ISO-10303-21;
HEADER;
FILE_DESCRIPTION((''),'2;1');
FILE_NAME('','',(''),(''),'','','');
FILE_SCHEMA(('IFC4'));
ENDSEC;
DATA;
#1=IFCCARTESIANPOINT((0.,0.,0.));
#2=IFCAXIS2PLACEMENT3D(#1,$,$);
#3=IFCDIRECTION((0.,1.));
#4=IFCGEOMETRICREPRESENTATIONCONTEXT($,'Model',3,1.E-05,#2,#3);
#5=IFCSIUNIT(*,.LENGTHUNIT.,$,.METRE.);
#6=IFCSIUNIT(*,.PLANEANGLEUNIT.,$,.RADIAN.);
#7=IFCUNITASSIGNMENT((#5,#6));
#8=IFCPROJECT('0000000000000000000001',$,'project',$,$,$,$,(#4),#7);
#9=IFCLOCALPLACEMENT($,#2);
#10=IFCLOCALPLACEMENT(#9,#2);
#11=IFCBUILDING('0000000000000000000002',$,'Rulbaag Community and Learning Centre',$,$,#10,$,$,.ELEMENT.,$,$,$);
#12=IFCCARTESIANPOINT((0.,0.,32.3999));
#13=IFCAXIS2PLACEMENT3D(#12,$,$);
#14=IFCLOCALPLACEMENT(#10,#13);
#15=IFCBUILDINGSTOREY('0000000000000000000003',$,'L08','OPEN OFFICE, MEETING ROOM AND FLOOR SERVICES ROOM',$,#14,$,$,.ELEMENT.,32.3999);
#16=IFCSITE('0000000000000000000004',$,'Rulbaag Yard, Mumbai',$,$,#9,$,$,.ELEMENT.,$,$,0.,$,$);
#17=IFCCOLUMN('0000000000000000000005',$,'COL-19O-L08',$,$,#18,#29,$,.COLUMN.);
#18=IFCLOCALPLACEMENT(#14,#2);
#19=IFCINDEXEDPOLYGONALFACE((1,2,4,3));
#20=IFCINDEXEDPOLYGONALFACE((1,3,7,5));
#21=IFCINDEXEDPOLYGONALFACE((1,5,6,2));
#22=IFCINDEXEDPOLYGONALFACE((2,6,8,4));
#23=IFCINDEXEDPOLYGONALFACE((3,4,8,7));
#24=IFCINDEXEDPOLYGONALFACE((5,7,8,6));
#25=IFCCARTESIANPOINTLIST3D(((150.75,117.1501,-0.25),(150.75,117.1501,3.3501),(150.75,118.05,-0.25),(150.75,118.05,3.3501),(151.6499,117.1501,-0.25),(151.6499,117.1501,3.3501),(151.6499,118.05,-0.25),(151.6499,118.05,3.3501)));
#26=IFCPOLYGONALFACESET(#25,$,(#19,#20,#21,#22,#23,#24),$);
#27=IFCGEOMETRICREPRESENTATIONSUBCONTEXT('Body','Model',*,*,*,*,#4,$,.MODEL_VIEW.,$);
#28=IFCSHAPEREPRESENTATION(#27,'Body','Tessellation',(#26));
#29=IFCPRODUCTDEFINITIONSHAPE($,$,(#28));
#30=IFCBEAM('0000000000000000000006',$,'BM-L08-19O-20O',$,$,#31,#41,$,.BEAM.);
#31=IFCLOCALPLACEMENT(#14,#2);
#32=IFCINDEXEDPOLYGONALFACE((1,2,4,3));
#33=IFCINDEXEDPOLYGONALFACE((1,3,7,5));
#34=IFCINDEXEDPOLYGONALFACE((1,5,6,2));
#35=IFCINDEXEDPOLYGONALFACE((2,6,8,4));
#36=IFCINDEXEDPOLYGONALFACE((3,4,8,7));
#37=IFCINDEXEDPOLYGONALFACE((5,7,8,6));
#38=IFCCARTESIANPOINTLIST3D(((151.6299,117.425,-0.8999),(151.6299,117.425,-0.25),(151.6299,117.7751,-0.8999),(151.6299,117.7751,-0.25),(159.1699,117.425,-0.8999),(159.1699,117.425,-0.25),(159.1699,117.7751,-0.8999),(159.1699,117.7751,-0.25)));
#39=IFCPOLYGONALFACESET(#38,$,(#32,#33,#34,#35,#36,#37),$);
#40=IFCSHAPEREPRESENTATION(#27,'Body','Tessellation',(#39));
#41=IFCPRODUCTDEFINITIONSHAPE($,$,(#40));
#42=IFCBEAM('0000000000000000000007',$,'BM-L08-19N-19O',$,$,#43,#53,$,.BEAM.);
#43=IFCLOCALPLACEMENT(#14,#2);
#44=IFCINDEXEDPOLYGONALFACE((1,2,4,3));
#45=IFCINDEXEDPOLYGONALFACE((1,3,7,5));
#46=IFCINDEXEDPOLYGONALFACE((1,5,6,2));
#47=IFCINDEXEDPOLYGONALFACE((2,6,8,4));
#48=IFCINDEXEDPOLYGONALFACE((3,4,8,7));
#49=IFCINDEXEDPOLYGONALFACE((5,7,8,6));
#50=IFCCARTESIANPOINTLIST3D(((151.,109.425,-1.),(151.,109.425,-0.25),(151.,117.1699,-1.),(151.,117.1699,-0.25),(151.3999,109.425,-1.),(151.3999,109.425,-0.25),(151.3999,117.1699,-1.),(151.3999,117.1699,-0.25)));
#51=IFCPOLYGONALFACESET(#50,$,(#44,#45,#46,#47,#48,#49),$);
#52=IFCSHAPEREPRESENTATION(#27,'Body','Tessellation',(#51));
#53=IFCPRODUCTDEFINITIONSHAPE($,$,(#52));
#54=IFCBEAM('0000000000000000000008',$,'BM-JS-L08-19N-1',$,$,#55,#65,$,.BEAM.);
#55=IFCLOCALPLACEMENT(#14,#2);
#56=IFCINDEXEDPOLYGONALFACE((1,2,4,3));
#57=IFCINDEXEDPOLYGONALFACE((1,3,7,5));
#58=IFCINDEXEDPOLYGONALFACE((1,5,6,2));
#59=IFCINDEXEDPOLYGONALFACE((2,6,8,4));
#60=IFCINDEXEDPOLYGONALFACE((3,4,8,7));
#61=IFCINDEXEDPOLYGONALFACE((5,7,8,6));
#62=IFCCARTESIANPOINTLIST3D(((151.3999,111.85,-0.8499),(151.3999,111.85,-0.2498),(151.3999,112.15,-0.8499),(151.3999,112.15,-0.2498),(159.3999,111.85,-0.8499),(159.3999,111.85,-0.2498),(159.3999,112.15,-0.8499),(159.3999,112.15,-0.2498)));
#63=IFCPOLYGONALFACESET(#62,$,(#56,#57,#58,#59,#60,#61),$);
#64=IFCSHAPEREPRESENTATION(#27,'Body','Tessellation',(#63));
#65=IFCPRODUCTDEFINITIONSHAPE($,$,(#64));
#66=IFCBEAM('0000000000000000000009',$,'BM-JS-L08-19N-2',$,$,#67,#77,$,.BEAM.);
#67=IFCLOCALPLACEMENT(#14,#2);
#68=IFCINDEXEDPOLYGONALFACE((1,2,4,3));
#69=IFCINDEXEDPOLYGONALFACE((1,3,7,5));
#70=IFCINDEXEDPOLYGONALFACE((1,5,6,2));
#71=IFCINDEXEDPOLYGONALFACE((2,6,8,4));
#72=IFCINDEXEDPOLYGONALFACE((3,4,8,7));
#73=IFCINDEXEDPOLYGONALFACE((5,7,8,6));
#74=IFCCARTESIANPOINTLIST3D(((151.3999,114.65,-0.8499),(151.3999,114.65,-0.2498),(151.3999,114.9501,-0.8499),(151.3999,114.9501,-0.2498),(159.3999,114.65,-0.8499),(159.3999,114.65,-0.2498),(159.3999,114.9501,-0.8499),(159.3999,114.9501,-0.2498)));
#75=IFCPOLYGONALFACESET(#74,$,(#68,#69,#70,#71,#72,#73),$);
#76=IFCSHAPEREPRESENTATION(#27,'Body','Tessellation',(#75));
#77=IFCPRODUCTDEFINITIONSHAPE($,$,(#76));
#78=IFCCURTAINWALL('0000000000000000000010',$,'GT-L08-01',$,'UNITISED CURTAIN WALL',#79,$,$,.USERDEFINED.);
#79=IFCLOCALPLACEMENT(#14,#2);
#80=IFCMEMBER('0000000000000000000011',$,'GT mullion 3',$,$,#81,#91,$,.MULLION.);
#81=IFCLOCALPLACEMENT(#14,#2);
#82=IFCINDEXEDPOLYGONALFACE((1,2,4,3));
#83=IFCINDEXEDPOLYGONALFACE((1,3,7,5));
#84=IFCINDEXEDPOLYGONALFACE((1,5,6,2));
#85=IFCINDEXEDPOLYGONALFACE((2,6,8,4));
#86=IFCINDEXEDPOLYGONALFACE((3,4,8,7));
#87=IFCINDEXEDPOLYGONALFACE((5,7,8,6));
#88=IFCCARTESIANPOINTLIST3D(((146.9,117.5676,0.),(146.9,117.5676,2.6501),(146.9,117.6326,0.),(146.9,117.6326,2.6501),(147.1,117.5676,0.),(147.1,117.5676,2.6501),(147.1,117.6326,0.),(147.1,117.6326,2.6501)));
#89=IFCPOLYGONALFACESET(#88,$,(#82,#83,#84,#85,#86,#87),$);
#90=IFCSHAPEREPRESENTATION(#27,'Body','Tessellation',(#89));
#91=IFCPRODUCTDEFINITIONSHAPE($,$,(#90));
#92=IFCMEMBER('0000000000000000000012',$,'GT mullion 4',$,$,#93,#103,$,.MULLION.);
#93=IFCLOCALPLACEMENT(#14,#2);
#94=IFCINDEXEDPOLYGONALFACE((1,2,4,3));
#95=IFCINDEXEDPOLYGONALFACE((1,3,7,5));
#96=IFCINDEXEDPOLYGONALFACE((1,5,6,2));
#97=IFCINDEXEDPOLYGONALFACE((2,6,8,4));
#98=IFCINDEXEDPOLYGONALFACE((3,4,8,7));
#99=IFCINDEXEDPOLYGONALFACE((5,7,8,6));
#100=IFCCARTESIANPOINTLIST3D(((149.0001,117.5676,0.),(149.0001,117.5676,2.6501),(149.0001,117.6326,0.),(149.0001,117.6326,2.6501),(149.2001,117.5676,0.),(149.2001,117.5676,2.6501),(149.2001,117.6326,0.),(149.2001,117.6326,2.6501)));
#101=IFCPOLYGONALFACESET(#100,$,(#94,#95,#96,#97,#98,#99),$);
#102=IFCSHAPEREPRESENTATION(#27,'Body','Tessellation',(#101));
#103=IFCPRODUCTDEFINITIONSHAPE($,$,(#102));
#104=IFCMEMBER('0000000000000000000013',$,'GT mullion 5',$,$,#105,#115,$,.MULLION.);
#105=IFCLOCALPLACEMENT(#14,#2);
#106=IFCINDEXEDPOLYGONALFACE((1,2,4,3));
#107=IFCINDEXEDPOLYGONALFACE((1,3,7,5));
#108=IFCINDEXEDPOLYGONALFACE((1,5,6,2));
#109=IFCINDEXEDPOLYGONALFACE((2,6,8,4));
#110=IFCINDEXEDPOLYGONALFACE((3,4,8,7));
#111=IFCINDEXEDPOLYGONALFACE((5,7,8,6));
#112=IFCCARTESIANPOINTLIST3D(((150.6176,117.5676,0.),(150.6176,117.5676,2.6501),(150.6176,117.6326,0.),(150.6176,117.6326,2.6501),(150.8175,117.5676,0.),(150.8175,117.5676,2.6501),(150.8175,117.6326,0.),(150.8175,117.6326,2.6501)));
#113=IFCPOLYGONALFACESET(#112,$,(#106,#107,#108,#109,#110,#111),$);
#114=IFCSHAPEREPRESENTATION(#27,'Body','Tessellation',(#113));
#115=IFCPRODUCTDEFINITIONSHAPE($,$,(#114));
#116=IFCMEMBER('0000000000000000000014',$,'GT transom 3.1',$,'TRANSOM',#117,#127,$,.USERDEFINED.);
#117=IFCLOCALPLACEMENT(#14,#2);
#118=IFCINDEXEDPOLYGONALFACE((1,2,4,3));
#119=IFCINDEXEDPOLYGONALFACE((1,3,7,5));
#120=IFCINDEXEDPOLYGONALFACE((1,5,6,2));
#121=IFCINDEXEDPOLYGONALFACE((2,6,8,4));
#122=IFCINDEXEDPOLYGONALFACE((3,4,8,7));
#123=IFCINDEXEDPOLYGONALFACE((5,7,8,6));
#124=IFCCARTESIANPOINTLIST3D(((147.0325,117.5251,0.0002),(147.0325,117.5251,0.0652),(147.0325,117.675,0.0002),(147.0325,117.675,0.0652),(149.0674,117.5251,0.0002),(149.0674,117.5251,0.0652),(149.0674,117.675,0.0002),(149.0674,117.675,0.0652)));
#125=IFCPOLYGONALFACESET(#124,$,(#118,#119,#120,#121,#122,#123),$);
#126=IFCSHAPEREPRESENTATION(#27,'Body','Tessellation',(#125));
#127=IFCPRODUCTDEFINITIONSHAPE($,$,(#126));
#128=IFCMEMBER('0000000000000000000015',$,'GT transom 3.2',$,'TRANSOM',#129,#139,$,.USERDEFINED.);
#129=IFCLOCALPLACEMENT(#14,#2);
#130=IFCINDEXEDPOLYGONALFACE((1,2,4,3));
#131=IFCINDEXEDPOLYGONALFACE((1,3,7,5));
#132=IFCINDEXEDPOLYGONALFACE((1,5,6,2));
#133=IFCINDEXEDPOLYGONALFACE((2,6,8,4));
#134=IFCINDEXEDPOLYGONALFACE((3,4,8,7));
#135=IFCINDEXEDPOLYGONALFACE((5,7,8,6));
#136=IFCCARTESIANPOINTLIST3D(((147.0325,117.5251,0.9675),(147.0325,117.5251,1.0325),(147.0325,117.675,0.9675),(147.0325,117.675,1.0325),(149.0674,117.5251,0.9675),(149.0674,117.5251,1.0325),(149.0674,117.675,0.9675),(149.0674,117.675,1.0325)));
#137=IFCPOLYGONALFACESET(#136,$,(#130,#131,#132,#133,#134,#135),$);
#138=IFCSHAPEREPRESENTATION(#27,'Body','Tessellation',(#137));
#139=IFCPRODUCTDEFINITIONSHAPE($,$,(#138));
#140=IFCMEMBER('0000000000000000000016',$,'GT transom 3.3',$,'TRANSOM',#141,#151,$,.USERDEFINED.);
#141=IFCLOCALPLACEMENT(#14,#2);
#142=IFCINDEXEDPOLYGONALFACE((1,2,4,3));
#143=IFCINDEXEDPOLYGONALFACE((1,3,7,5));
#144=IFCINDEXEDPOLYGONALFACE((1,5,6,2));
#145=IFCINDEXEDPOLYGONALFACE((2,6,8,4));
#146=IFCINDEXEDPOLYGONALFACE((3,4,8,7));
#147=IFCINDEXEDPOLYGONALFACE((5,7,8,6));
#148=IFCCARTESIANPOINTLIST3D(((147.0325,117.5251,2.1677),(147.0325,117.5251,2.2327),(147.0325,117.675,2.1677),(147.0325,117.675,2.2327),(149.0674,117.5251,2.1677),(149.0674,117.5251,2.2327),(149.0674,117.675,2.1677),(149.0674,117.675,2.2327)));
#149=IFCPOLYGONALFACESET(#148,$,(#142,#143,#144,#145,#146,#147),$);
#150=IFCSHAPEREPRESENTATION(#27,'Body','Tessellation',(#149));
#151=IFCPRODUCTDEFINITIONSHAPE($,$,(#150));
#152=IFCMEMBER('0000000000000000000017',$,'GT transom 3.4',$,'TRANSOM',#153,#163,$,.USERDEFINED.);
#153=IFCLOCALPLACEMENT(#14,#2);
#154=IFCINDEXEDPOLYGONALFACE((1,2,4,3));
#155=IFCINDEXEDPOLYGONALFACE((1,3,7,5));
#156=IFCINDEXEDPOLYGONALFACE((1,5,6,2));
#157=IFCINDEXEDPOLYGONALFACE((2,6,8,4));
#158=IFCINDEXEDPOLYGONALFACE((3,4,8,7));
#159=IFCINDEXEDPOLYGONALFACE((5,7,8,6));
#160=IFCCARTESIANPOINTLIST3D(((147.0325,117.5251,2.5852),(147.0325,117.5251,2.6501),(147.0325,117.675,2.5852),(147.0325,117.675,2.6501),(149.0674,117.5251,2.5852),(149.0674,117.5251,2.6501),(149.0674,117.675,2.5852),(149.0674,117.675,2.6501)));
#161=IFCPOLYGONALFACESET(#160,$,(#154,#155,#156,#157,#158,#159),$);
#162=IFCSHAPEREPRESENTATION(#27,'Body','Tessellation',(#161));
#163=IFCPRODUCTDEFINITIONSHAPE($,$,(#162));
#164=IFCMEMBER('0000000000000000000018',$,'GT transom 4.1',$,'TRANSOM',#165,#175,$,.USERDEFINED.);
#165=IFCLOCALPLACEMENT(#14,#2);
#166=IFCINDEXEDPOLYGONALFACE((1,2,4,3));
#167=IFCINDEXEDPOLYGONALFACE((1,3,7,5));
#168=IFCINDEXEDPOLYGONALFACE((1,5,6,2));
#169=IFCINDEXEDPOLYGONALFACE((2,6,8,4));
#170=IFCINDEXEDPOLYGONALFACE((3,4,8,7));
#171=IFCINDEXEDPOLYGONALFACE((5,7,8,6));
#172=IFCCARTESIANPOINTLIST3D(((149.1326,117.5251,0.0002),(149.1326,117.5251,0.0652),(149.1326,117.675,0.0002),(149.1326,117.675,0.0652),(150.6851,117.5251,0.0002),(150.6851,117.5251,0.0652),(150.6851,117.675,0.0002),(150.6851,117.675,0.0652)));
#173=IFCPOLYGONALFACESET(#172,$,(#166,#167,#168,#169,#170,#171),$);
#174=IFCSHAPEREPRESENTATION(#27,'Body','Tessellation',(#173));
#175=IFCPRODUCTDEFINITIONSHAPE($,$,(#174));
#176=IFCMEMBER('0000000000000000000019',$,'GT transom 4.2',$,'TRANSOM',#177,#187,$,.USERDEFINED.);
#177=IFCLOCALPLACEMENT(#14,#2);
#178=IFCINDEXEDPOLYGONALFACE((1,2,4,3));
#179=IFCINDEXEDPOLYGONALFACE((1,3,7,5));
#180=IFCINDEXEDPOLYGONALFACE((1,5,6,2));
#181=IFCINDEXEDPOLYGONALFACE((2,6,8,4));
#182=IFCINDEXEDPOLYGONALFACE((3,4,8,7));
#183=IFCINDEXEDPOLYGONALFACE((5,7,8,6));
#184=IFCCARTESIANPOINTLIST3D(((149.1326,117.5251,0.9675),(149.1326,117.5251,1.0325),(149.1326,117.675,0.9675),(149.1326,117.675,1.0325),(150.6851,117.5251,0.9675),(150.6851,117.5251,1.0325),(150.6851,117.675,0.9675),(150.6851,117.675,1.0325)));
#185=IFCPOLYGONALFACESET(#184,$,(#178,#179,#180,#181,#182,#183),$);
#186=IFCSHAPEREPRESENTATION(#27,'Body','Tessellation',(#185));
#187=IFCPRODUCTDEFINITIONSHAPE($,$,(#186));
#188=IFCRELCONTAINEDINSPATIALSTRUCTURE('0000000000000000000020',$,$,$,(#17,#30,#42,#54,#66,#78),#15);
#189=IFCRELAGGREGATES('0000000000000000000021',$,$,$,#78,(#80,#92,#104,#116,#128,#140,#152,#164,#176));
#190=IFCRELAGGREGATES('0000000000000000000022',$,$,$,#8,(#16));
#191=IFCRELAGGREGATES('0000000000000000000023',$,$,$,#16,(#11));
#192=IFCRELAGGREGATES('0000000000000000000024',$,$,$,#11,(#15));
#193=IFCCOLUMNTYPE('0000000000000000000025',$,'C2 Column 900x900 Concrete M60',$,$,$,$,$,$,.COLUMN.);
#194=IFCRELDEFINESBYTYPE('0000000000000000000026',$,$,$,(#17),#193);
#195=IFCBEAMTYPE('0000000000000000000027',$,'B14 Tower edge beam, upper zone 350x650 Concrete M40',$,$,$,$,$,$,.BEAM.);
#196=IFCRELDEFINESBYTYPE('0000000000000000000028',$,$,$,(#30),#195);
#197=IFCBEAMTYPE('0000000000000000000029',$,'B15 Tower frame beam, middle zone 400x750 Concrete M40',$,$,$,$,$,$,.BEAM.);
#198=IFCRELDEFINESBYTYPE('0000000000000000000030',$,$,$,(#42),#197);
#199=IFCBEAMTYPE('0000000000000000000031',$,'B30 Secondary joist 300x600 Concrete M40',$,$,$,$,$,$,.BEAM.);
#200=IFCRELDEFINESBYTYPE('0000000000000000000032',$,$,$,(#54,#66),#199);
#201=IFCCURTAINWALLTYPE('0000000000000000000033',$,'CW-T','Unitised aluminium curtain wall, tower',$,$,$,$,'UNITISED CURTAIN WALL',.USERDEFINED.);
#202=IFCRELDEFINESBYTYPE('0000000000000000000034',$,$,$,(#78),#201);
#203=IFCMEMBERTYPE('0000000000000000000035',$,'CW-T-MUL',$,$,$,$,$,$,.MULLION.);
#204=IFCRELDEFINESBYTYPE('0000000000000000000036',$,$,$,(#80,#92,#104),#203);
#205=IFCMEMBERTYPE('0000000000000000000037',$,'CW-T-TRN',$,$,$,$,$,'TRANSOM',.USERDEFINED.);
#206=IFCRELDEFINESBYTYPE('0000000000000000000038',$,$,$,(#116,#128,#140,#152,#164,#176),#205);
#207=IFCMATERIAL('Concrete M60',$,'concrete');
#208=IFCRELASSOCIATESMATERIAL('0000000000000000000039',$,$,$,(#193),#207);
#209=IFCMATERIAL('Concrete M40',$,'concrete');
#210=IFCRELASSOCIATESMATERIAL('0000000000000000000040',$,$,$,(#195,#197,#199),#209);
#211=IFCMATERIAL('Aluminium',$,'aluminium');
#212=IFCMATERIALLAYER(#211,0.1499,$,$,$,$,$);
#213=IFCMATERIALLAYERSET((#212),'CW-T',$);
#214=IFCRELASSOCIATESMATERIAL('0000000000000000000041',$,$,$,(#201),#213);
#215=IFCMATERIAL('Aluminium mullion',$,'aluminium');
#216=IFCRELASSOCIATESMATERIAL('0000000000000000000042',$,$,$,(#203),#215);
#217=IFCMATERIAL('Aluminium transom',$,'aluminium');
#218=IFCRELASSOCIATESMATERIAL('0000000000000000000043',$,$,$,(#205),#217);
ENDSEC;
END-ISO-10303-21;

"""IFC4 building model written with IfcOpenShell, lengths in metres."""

from ifc_helpers import new_model, si_unit, direction, frame, origin, origin_2d, place, context, subcontext, project, spatial, rectangle, extrude, material, layer, layer_set, material_profile, profile_set, type_object, element, aggregate, save


model = new_model("IFC4")

# Units and contexts
model_context = context("Model", 3, precision=1e-05, world=origin(), true_north=direction((0.0, 1.0)))
body_context = subcontext(model_context, "Body", "Model", "MODEL_VIEW")
ifc_project = project(units=[si_unit("LENGTHUNIT", "METRE"), si_unit("PLANEANGLEUNIT", "RADIAN")], contexts=[model_context])

# Site, building, storey
site_placement = place(None, origin())
site = spatial("IfcSite", under=ifc_project, at=site_placement, Name="Rulbaag Yard, Mumbai", CompositionType="ELEMENT", RefElevation=0.0)
building_placement = place(site_placement, origin())
building = spatial("IfcBuilding", under=site, at=building_placement, Name="Rulbaag Community and Learning Centre", CompositionType="ELEMENT")
storey_placement = place(building_placement, frame((0.0, 0.0, 32.3999)))
storey = spatial("IfcBuildingStorey", under=building, at=storey_placement, Name="L08", Description="OPEN OFFICE, MEETING ROOM AND FLOOR SERVICES ROOM", CompositionType="ELEMENT", Elevation=32.3999)

# Column
ifc_material_1 = material(Name="Concrete M60", Category="concrete")
ifc_material_profile_1 = material_profile(ifc_material_1, rectangle(XDim=0.8999, YDim=0.8999, at=origin_2d()), Name="RC900x900")
ifc_profile_set_1 = profile_set([ifc_material_profile_1], Name="Concrete M60")
column_type = type_object("IfcColumnType", Name="C2 Column 900x900 Concrete M60", PredefinedType="COLUMN", material=ifc_profile_set_1)
column_placement = place(storey_placement, frame((151.2, 117.6001, -0.25), z_axis=(0.0, 0.0, 1.0), x_axis=(1.0, 0.0, 0.0)))
element("IfcColumn", 1, at=column_placement, inside=storey, type_object=column_type, Name="COL-19O-L08", PredefinedType="COLUMN", context=body_context, shape_type="SweptSolid", body=[
    extrude(rectangle(XDim=0.8999, YDim=0.8999, at=origin_2d()), origin(), (0.0, 0.0, 1.0), 3.6001),
])

# Beams
ifc_material_2 = material(Name="Concrete M40", Category="concrete")
ifc_material_profile_2 = material_profile(ifc_material_2, rectangle(XDim=0.3501, YDim=0.6499, at=origin_2d()), Name="RB350x650")
ifc_profile_set_2 = profile_set([ifc_material_profile_2], Name="Concrete M40")
beam_type_1 = type_object("IfcBeamType", Name="B14 Tower edge beam, upper zone 350x650 Concrete M40", PredefinedType="BEAM", material=ifc_profile_set_2)
beam_1_placement = place(storey_placement, frame((151.6299, 117.6001, -0.575), z_axis=(1.0, 0.0, 0.0), x_axis=(0.0, 1.0, 0.0)))
element("IfcBeam", 2, at=beam_1_placement, inside=storey, type_object=beam_type_1, Name="BM-L08-19O-20O", PredefinedType="BEAM", context=body_context, shape_type="SweptSolid", body=[
    extrude(rectangle(XDim=0.3501, YDim=0.6499, at=origin_2d()), origin(), (0.0, 0.0, 1.0), 7.54),
])
ifc_material_profile_3 = material_profile(ifc_material_2, rectangle(XDim=0.3999, YDim=0.75, at=origin_2d()), Name="RB400x750")
ifc_profile_set_3 = profile_set([ifc_material_profile_3], Name="Concrete M40")
beam_type_2 = type_object("IfcBeamType", Name="B15 Tower frame beam, middle zone 400x750 Concrete M40", PredefinedType="BEAM", material=ifc_profile_set_3)
beam_2_placement = place(storey_placement, frame((151.2, 109.425, -0.625), z_axis=(0.0, 1.0, 0.0), x_axis=(-1.0, 0.0, 0.0)))
element("IfcBeam", 3, at=beam_2_placement, inside=storey, type_object=beam_type_2, Name="BM-L08-19N-19O", PredefinedType="BEAM", context=body_context, shape_type="SweptSolid", body=[
    extrude(rectangle(XDim=0.3999, YDim=0.75, at=origin_2d()), origin(), (0.0, 0.0, 1.0), 7.7449),
])
ifc_material_profile_4 = material_profile(ifc_material_2, rectangle(XDim=0.3, YDim=0.6001, at=origin_2d()), Name="RB300x600")
ifc_profile_set_4 = profile_set([ifc_material_profile_4], Name="Concrete M40")
beam_type_3 = type_object("IfcBeamType", Name="B30 Secondary joist 300x600 Concrete M40", PredefinedType="BEAM", material=ifc_profile_set_4)
for number, where, z_axis, x_axis, name in (
    (4, (151.3999, 112.0, -0.5498), (1.0, 0.0, 0.0), (0.0, 1.0, 0.0), "BM-JS-L08-19N-1"),
    (5, (151.3999, 114.8, -0.5498), (1.0, 0.0, 0.0), (0.0, 1.0, 0.0), "BM-JS-L08-19N-2"),
):
    element("IfcBeam", number, at=place(storey_placement, frame(where, z_axis=z_axis, x_axis=x_axis)), inside=storey, type_object=beam_type_3, Name=name, PredefinedType="BEAM", context=body_context, shape_type="SweptSolid", body=[
        extrude(rectangle(XDim=0.3, YDim=0.6001, at=origin_2d()), origin(), (0.0, 0.0, 1.0), 8.0),
    ])

# Curtain wall, members
ifc_material_3 = material(Name="Aluminium", Category="aluminium")
ifc_layer_1 = layer(ifc_material_3, 0.1499)
ifc_layer_set_1 = layer_set([ifc_layer_1], Name="CW-T")
curtain_wall_type = type_object("IfcCurtainWallType", Name="CW-T", Description="Unitised aluminium curtain wall, tower", ElementType="UNITISED CURTAIN WALL", PredefinedType="USERDEFINED", material=ifc_layer_set_1)
curtain_wall_placement = place(storey_placement, origin())
curtain_wall = element("IfcCurtainWall", 6, at=curtain_wall_placement, inside=storey, type_object=curtain_wall_type, Name="GT-L08-01", ObjectType="UNITISED CURTAIN WALL", PredefinedType="USERDEFINED")
ifc_material_4 = material(Name="Aluminium mullion", Category="aluminium")
ifc_material_profile_5 = material_profile(ifc_material_4, rectangle(XDim=0.0649, YDim=0.2, at=origin_2d()), Name="AL 65x200")
ifc_profile_set_5 = profile_set([ifc_material_profile_5], Name="Aluminium mullion")
member_type_1 = type_object("IfcMemberType", Name="CW-T-MUL", PredefinedType="MULLION", material=ifc_profile_set_5)
member_1_placement = place(storey_placement, frame((147.0, 117.6001, 0.0), z_axis=(0.0, 0.0, 1.0), x_axis=(0.0, 1.0, 0.0)))
member_1 = element("IfcMember", 7, at=member_1_placement, type_object=member_type_1, Name="GT mullion 3", PredefinedType="MULLION", context=body_context, shape_type="SweptSolid", body=[
    extrude(rectangle(XDim=0.0649, YDim=0.2, at=origin_2d()), origin(), (0.0, 0.0, 1.0), 2.6501),
])
member_2_placement = place(storey_placement, frame((149.1001, 117.6001, 0.0), z_axis=(0.0, 0.0, 1.0), x_axis=(0.0, 1.0, 0.0)))
member_2 = element("IfcMember", 8, at=member_2_placement, type_object=member_type_1, Name="GT mullion 4", PredefinedType="MULLION", context=body_context, shape_type="SweptSolid", body=[
    extrude(rectangle(XDim=0.0649, YDim=0.2, at=origin_2d()), origin(), (0.0, 0.0, 1.0), 2.6501),
])
member_3_placement = place(storey_placement, frame((150.7175, 117.6001, 0.0), z_axis=(0.0, 0.0, 1.0), x_axis=(0.0, 1.0, 0.0)))
member_3 = element("IfcMember", 9, at=member_3_placement, type_object=member_type_1, Name="GT mullion 5", PredefinedType="MULLION", context=body_context, shape_type="SweptSolid", body=[
    extrude(rectangle(XDim=0.0649, YDim=0.2, at=origin_2d()), origin(), (0.0, 0.0, 1.0), 2.6501),
])
ifc_material_5 = material(Name="Aluminium transom", Category="aluminium")
ifc_material_profile_6 = material_profile(ifc_material_5, rectangle(XDim=0.1499, YDim=0.0649, at=origin_2d()), Name="AL 65x150 T")
ifc_profile_set_6 = profile_set([ifc_material_profile_6], Name="Aluminium transom")
member_type_2 = type_object("IfcMemberType", Name="CW-T-TRN", ElementType="TRANSOM", PredefinedType="USERDEFINED", material=ifc_profile_set_6)
member_4_placement = place(storey_placement, frame((147.0325, 117.6001, 0.0327), z_axis=(1.0, 0.0, 0.0), x_axis=(0.0, 1.0, 0.0)))
member_4 = element("IfcMember", 10, at=member_4_placement, type_object=member_type_2, Name="GT transom 3.1", ObjectType="TRANSOM", PredefinedType="USERDEFINED", context=body_context, shape_type="SweptSolid", body=[
    extrude(rectangle(XDim=0.1499, YDim=0.0649, at=origin_2d()), origin(), (0.0, 0.0, 1.0), 2.0349),
])
member_5_placement = place(storey_placement, frame((147.0325, 117.6001, 1.0), z_axis=(1.0, 0.0, 0.0), x_axis=(0.0, 1.0, 0.0)))
member_5 = element("IfcMember", 11, at=member_5_placement, type_object=member_type_2, Name="GT transom 3.2", ObjectType="TRANSOM", PredefinedType="USERDEFINED", context=body_context, shape_type="SweptSolid", body=[
    extrude(rectangle(XDim=0.1499, YDim=0.0649, at=origin_2d()), origin(), (0.0, 0.0, 1.0), 2.0349),
])
member_6_placement = place(storey_placement, frame((147.0325, 117.6001, 2.2002), z_axis=(1.0, 0.0, 0.0), x_axis=(0.0, 1.0, 0.0)))
member_6 = element("IfcMember", 12, at=member_6_placement, type_object=member_type_2, Name="GT transom 3.3", ObjectType="TRANSOM", PredefinedType="USERDEFINED", context=body_context, shape_type="SweptSolid", body=[
    extrude(rectangle(XDim=0.1499, YDim=0.0649, at=origin_2d()), origin(), (0.0, 0.0, 1.0), 2.0349),
])
member_7_placement = place(storey_placement, frame((147.0325, 117.6001, 2.6177), z_axis=(1.0, 0.0, 0.0), x_axis=(0.0, 1.0, 0.0)))
member_7 = element("IfcMember", 13, at=member_7_placement, type_object=member_type_2, Name="GT transom 3.4", ObjectType="TRANSOM", PredefinedType="USERDEFINED", context=body_context, shape_type="SweptSolid", body=[
    extrude(rectangle(XDim=0.1499, YDim=0.0649, at=origin_2d()), origin(), (0.0, 0.0, 1.0), 2.0349),
])
member_8_placement = place(storey_placement, frame((149.1326, 117.6001, 0.0327), z_axis=(1.0, 0.0, 0.0), x_axis=(0.0, 1.0, 0.0)))
member_8 = element("IfcMember", 14, at=member_8_placement, type_object=member_type_2, Name="GT transom 4.1", ObjectType="TRANSOM", PredefinedType="USERDEFINED", context=body_context, shape_type="SweptSolid", body=[
    extrude(rectangle(XDim=0.1499, YDim=0.0649, at=origin_2d()), origin(), (0.0, 0.0, 1.0), 1.5525),
])
member_9_placement = place(storey_placement, frame((149.1326, 117.6001, 1.0), z_axis=(1.0, 0.0, 0.0), x_axis=(0.0, 1.0, 0.0)))
member_9 = element("IfcMember", 15, at=member_9_placement, type_object=member_type_2, Name="GT transom 4.2", ObjectType="TRANSOM", PredefinedType="USERDEFINED", context=body_context, shape_type="SweptSolid", body=[
    extrude(rectangle(XDim=0.1499, YDim=0.0649, at=origin_2d()), origin(), (0.0, 0.0, 1.0), 1.5525),
])
aggregate(curtain_wall, [member_1, member_2, member_3, member_4, member_5, member_6, member_7, member_8, member_9])

save(model, "model.ifc")
